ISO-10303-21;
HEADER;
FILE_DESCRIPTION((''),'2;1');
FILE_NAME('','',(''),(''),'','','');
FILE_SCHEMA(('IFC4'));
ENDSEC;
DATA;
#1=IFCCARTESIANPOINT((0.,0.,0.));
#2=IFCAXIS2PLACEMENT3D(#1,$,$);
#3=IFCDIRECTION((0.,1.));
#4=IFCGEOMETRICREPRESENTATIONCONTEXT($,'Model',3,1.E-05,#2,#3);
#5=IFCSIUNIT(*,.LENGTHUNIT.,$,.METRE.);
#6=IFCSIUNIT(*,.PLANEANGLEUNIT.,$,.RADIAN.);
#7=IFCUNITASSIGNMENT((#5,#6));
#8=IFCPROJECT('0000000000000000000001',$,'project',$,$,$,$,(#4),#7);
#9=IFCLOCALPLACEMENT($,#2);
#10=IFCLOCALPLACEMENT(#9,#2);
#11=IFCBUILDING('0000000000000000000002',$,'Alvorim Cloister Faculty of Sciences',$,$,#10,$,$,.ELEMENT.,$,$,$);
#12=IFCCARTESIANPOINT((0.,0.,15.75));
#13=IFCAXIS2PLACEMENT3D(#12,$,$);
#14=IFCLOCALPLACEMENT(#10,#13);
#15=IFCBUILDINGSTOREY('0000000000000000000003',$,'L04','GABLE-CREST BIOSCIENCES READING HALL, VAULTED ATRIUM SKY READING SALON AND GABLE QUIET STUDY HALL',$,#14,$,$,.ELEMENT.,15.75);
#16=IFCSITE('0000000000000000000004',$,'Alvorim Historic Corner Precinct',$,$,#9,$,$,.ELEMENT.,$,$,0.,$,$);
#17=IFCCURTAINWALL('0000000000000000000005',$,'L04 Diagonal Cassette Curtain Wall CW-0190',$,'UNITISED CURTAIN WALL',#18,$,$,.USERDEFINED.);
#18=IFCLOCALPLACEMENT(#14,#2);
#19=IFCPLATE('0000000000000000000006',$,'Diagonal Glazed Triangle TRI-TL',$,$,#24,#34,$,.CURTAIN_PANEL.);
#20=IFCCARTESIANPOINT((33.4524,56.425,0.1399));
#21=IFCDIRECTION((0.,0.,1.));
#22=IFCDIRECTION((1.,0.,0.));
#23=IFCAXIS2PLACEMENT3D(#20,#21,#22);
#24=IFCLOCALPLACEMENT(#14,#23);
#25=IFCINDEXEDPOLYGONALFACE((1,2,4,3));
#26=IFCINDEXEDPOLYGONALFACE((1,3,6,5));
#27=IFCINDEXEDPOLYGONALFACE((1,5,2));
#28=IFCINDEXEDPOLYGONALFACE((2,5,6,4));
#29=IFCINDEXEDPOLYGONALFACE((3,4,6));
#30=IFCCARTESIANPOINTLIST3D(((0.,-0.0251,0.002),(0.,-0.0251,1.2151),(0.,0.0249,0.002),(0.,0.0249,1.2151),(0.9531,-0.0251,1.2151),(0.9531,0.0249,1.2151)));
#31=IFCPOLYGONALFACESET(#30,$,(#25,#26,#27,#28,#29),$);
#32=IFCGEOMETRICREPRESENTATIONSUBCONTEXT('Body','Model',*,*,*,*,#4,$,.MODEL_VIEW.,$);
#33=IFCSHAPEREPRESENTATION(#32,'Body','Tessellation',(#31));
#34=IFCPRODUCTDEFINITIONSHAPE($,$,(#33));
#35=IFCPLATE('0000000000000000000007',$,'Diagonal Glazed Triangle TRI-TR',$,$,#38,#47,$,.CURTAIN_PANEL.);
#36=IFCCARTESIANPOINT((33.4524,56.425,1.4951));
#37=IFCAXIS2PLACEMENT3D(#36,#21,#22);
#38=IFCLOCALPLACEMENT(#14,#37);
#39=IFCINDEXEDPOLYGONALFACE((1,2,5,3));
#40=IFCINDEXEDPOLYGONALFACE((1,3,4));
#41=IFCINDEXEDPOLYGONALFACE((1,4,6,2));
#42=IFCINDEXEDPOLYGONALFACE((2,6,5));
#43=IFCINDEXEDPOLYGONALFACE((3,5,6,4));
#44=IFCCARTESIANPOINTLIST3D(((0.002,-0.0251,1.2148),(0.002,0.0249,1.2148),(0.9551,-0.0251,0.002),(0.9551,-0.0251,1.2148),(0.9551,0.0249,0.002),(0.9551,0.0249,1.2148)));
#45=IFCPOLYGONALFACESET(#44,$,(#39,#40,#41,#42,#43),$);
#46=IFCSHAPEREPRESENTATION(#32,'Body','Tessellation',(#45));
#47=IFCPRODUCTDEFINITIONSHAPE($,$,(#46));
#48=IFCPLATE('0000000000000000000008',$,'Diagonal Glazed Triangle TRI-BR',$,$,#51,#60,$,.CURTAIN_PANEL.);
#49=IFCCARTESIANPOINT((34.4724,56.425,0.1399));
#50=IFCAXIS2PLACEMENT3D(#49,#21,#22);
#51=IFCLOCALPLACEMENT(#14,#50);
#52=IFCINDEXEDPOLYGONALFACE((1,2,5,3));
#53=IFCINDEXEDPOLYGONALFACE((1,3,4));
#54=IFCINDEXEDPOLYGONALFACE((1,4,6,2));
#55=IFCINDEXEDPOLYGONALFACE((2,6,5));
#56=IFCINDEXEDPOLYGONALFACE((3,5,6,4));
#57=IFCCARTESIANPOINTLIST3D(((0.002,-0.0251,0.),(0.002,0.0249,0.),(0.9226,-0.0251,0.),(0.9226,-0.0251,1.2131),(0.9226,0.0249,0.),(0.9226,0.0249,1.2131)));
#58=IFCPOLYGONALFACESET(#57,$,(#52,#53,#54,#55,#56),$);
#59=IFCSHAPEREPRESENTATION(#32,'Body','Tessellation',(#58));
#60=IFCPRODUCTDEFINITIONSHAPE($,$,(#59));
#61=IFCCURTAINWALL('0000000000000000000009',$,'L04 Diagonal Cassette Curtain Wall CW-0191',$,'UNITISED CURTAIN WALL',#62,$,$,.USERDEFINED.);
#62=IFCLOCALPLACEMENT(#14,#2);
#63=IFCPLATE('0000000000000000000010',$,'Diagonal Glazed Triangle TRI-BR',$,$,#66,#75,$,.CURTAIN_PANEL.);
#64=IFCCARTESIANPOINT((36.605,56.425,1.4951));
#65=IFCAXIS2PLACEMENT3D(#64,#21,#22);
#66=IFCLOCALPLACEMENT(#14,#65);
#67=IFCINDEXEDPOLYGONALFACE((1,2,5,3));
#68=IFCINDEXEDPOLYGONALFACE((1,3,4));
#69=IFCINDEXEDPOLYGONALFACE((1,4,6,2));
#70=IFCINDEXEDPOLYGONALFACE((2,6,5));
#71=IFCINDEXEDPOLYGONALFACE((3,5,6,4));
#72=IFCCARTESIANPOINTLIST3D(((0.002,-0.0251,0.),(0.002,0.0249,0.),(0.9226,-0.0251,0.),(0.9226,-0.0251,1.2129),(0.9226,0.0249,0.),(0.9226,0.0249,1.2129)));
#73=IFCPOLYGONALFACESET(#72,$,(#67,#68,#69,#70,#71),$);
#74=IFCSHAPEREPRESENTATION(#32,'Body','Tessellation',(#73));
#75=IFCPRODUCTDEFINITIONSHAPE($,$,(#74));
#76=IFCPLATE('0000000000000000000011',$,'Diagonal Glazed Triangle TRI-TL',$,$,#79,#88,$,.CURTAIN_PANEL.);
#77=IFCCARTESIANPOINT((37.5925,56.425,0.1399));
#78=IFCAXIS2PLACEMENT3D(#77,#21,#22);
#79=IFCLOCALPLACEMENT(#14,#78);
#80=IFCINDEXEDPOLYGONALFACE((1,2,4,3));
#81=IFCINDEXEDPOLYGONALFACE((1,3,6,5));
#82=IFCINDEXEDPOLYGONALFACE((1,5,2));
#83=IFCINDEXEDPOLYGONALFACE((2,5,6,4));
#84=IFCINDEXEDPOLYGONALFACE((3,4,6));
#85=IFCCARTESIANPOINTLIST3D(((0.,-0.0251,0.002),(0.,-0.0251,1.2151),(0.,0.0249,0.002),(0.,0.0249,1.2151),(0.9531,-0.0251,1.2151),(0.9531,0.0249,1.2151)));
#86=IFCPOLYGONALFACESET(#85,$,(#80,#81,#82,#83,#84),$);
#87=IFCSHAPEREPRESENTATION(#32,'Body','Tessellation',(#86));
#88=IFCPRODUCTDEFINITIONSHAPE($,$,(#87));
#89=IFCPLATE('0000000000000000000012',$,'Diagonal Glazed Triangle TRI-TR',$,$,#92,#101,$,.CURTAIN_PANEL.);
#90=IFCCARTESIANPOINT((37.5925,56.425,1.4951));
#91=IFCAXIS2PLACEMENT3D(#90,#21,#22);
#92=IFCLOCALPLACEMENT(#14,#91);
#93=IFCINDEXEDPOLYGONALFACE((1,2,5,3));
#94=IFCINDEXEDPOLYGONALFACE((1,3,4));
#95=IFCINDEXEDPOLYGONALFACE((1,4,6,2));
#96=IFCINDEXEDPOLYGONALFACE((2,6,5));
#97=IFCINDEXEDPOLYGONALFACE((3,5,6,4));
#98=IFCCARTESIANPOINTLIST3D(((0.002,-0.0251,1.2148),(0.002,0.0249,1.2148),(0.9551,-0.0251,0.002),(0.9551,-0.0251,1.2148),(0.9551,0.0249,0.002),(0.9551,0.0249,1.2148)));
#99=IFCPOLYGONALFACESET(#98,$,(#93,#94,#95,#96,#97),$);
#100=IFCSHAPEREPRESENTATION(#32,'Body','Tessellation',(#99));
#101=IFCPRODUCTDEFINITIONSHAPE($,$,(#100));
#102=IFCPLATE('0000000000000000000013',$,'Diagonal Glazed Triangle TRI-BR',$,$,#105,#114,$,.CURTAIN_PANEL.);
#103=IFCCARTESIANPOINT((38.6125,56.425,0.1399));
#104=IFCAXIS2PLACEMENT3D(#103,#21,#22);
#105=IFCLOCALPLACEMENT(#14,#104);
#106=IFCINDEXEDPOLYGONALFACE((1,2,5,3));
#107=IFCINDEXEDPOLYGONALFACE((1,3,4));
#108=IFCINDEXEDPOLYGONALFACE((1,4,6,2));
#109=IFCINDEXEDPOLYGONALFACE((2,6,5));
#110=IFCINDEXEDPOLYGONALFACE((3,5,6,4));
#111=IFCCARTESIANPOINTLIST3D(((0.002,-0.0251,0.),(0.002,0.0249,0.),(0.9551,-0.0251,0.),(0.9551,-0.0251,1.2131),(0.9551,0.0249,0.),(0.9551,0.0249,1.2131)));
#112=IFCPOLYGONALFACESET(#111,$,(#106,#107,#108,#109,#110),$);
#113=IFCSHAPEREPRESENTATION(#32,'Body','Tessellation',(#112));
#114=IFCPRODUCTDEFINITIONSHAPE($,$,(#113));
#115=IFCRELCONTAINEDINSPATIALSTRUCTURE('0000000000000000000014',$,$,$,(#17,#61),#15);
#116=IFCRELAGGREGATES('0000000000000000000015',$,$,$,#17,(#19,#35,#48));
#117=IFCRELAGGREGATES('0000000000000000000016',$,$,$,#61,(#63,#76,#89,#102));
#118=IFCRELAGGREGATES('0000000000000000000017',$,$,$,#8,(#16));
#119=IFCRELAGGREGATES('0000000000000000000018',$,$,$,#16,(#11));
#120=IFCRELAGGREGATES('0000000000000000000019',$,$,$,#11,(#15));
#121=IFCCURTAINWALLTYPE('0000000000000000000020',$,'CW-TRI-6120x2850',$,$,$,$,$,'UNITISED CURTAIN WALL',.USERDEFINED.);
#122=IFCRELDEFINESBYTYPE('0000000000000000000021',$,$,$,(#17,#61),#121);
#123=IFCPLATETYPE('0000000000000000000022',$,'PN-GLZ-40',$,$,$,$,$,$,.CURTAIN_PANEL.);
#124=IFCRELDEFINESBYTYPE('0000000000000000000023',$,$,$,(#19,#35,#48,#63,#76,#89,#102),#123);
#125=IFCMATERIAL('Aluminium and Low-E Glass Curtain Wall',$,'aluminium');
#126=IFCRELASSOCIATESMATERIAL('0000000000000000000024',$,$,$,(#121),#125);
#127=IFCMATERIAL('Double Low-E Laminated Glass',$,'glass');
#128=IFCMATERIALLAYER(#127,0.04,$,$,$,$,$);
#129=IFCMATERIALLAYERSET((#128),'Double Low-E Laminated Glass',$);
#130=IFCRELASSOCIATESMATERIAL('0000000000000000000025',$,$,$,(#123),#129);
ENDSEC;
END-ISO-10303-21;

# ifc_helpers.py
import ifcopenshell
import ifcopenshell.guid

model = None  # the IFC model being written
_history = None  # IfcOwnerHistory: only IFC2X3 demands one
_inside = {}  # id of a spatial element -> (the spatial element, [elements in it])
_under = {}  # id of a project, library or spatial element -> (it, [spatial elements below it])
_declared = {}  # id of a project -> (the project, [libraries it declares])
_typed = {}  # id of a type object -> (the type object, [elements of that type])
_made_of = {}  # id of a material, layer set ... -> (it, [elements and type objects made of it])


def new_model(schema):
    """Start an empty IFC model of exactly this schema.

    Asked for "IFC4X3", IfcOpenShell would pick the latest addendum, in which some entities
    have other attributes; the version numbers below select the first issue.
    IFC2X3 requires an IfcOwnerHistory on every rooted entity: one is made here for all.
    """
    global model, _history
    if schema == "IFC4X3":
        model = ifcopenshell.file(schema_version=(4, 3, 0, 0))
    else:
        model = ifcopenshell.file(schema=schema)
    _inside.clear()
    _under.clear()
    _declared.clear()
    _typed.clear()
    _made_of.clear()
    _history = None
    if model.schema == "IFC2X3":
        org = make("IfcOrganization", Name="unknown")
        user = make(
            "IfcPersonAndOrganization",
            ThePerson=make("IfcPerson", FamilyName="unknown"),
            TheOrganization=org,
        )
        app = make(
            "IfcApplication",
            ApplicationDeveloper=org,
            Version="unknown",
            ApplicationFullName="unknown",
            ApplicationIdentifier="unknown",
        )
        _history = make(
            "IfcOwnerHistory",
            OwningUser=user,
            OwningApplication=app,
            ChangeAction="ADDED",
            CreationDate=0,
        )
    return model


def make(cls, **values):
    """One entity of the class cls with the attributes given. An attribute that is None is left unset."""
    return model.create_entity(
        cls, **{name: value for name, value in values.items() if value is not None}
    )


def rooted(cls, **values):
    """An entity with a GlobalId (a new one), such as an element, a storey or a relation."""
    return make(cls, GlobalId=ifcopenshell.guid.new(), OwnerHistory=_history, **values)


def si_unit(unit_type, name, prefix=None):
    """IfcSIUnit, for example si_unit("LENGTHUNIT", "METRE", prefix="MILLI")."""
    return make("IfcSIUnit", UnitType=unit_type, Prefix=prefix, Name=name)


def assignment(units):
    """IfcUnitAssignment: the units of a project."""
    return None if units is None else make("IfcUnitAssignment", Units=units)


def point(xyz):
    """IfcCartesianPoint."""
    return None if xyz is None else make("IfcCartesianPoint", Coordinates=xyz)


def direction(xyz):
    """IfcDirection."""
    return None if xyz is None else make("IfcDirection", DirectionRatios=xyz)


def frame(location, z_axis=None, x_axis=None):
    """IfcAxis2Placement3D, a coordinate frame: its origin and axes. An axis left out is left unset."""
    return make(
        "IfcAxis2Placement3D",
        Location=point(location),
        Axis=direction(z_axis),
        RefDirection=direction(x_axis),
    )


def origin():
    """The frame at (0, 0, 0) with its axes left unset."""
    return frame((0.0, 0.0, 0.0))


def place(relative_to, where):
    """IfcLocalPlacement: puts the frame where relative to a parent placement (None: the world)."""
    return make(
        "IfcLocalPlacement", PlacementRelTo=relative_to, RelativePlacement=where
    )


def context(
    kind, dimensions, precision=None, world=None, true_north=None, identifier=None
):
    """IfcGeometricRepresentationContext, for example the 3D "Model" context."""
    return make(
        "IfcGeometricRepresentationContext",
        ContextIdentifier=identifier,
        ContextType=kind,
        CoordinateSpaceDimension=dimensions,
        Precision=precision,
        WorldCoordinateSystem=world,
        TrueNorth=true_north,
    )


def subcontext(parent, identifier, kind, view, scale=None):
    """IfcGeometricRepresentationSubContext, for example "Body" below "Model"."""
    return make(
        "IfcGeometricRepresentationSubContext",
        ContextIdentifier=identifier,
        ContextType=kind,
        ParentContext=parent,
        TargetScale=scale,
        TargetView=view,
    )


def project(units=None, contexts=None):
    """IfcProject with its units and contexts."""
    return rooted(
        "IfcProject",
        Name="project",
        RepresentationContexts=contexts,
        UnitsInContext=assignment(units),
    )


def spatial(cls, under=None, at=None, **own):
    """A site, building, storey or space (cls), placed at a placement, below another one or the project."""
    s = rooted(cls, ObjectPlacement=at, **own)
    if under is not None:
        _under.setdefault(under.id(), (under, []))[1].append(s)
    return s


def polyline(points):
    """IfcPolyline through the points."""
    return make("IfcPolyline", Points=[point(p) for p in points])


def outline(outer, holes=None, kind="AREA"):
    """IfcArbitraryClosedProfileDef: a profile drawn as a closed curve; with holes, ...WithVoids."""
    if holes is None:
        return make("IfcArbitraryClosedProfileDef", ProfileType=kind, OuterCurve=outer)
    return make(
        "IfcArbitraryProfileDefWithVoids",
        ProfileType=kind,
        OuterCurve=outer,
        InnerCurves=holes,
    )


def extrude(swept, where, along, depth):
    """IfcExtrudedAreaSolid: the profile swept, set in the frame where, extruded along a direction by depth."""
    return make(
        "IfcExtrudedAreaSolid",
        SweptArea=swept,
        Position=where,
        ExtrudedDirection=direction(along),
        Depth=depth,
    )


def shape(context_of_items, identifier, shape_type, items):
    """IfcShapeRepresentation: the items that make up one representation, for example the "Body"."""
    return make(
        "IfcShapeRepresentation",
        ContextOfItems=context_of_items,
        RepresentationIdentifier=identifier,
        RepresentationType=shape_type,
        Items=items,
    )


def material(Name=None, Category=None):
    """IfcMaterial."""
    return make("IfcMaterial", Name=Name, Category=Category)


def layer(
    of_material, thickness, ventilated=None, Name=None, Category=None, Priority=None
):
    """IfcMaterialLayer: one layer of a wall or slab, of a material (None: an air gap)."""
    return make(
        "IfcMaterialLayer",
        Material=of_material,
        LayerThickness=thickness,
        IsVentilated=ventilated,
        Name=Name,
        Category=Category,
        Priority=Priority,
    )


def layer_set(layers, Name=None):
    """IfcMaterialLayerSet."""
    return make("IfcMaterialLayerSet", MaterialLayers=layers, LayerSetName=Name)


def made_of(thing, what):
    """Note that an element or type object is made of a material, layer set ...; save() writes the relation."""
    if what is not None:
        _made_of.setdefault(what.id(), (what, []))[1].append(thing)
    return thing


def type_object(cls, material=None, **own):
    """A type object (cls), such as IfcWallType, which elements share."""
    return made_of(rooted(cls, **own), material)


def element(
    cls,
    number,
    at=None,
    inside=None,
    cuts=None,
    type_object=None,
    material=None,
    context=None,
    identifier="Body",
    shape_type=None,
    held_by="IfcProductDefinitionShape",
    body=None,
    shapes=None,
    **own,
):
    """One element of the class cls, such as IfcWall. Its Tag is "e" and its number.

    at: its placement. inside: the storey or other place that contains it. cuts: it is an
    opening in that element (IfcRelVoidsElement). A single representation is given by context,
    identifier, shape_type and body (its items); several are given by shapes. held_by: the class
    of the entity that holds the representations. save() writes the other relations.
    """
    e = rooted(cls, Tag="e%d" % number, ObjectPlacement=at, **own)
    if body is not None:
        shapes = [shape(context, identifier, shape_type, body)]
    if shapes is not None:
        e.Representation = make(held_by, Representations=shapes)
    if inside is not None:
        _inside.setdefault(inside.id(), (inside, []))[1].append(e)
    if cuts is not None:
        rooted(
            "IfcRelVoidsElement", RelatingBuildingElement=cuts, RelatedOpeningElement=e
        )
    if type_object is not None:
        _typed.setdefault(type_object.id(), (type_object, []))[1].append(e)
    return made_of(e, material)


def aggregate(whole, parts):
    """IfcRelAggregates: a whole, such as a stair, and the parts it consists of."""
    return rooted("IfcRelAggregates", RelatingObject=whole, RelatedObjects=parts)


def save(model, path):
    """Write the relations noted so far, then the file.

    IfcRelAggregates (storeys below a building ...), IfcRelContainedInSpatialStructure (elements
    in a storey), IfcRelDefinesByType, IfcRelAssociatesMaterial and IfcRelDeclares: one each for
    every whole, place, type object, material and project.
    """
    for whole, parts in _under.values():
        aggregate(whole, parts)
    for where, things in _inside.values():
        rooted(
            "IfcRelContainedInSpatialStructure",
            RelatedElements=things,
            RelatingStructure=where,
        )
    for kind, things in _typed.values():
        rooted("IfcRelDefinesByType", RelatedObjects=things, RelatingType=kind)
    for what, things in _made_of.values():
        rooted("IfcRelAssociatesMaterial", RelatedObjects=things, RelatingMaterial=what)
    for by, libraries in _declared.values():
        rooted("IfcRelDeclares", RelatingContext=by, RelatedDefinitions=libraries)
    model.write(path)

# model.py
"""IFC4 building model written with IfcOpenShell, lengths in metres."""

from ifc_helpers import new_model, si_unit, direction, frame, origin, place, context, subcontext, project, spatial, polyline, outline, extrude, material, layer, layer_set, type_object, element, aggregate, save


model = new_model("IFC4")

# Units and contexts
model_context = context("Model", 3, precision=1e-05, world=origin(), true_north=direction((0.0, 1.0)))
body_context = subcontext(model_context, "Body", "Model", "MODEL_VIEW")
ifc_project = project(units=[si_unit("LENGTHUNIT", "METRE"), si_unit("PLANEANGLEUNIT", "RADIAN")], contexts=[model_context])

# Site, building, storey
site_placement = place(None, origin())
site = spatial("IfcSite", under=ifc_project, at=site_placement, Name="Alvorim Historic Corner Precinct", CompositionType="ELEMENT", RefElevation=0.0)
building_placement = place(site_placement, origin())
building = spatial("IfcBuilding", under=site, at=building_placement, Name="Alvorim Cloister Faculty of Sciences", CompositionType="ELEMENT")
storey_placement = place(building_placement, frame((0.0, 0.0, 15.75)))
storey = spatial("IfcBuildingStorey", under=building, at=storey_placement, Name="L04", Description="GABLE-CREST BIOSCIENCES READING HALL, VAULTED ATRIUM SKY READING SALON AND GABLE QUIET STUDY HALL", CompositionType="ELEMENT", Elevation=15.75)

# Curtain walls, plates
ifc_material_1 = material(Name="Aluminium and Low-E Glass Curtain Wall", Category="aluminium")
curtain_wall_type = type_object("IfcCurtainWallType", Name="CW-TRI-6120x2850", ElementType="UNITISED CURTAIN WALL", PredefinedType="USERDEFINED", material=ifc_material_1)
curtain_wall_1_placement = place(storey_placement, origin())
curtain_wall_1 = element("IfcCurtainWall", 1, at=curtain_wall_1_placement, inside=storey, type_object=curtain_wall_type, Name="L04 Diagonal Cassette Curtain Wall CW-0190", ObjectType="UNITISED CURTAIN WALL", PredefinedType="USERDEFINED")
ifc_material_2 = material(Name="Double Low-E Laminated Glass", Category="glass")
ifc_layer = layer(ifc_material_2, 0.04)
ifc_layer_set = layer_set([ifc_layer], Name="Double Low-E Laminated Glass")
plate_type = type_object("IfcPlateType", Name="PN-GLZ-40", PredefinedType="CURTAIN_PANEL", material=ifc_layer_set)
plate_1_placement = place(storey_placement, frame((33.4524, 56.425, 0.1399), z_axis=(0.0, 0.0, 1.0), x_axis=(1.0, 0.0, 0.0)))
plate_1 = element("IfcPlate", 2, at=plate_1_placement, type_object=plate_type, Name="Diagonal Glazed Triangle TRI-TL", PredefinedType="CURTAIN_PANEL", context=body_context, shape_type="SweptSolid", body=[
    extrude(outline(polyline([(0.9531, 1.2151), (0.0, 1.2151), (0.0, 0.002), (0.9531, 1.2151)])), frame((0.0, 0.0249, 0.0), z_axis=(0.0, -1.0, 0.0), x_axis=(1.0, 0.0, 0.0)), (0.0, 0.0, 1.0), 0.05),
])
plate_2_placement = place(storey_placement, frame((33.4524, 56.425, 1.4951), z_axis=(0.0, 0.0, 1.0), x_axis=(1.0, 0.0, 0.0)))
plate_2 = element("IfcPlate", 3, at=plate_2_placement, type_object=plate_type, Name="Diagonal Glazed Triangle TRI-TR", PredefinedType="CURTAIN_PANEL", context=body_context, shape_type="SweptSolid", body=[
    extrude(outline(polyline([(0.9551, 0.002), (0.9551, 1.2148), (0.002, 1.2148), (0.9551, 0.002)])), frame((0.0, 0.0249, 0.0), z_axis=(0.0, -1.0, 0.0), x_axis=(1.0, 0.0, 0.0)), (0.0, 0.0, 1.0), 0.05),
])
plate_3_placement = place(storey_placement, frame((34.4724, 56.425, 0.1399), z_axis=(0.0, 0.0, 1.0), x_axis=(1.0, 0.0, 0.0)))
plate_3 = element("IfcPlate", 4, at=plate_3_placement, type_object=plate_type, Name="Diagonal Glazed Triangle TRI-BR", PredefinedType="CURTAIN_PANEL", context=body_context, shape_type="SweptSolid", body=[
    extrude(outline(polyline([(0.002, 0.0), (0.9226, 0.0), (0.9226, 1.2131), (0.002, 0.0)])), frame((0.0, 0.0249, 0.0), z_axis=(0.0, -1.0, 0.0), x_axis=(1.0, 0.0, 0.0)), (0.0, 0.0, 1.0), 0.05),
])
aggregate(curtain_wall_1, [plate_1, plate_2, plate_3])
curtain_wall_2_placement = place(storey_placement, origin())
curtain_wall_2 = element("IfcCurtainWall", 5, at=curtain_wall_2_placement, inside=storey, type_object=curtain_wall_type, Name="L04 Diagonal Cassette Curtain Wall CW-0191", ObjectType="UNITISED CURTAIN WALL", PredefinedType="USERDEFINED")
plate_4_placement = place(storey_placement, frame((36.605, 56.425, 1.4951), z_axis=(0.0, 0.0, 1.0), x_axis=(1.0, 0.0, 0.0)))
plate_4 = element("IfcPlate", 6, at=plate_4_placement, type_object=plate_type, Name="Diagonal Glazed Triangle TRI-BR", PredefinedType="CURTAIN_PANEL", context=body_context, shape_type="SweptSolid", body=[
    extrude(outline(polyline([(0.002, 0.0), (0.9226, 0.0), (0.9226, 1.2129), (0.002, 0.0)])), frame((0.0, 0.0249, 0.0), z_axis=(0.0, -1.0, 0.0), x_axis=(1.0, 0.0, 0.0)), (0.0, 0.0, 1.0), 0.05),
])
plate_5_placement = place(storey_placement, frame((37.5925, 56.425, 0.1399), z_axis=(0.0, 0.0, 1.0), x_axis=(1.0, 0.0, 0.0)))
plate_5 = element("IfcPlate", 7, at=plate_5_placement, type_object=plate_type, Name="Diagonal Glazed Triangle TRI-TL", PredefinedType="CURTAIN_PANEL", context=body_context, shape_type="SweptSolid", body=[
    extrude(outline(polyline([(0.9531, 1.2151), (0.0, 1.2151), (0.0, 0.002), (0.9531, 1.2151)])), frame((0.0, 0.0249, 0.0), z_axis=(0.0, -1.0, 0.0), x_axis=(1.0, 0.0, 0.0)), (0.0, 0.0, 1.0), 0.05),
])
plate_6_placement = place(storey_placement, frame((37.5925, 56.425, 1.4951), z_axis=(0.0, 0.0, 1.0), x_axis=(1.0, 0.0, 0.0)))
plate_6 = element("IfcPlate", 8, at=plate_6_placement, type_object=plate_type, Name="Diagonal Glazed Triangle TRI-TR", PredefinedType="CURTAIN_PANEL", context=body_context, shape_type="SweptSolid", body=[
    extrude(outline(polyline([(0.9551, 0.002), (0.9551, 1.2148), (0.002, 1.2148), (0.9551, 0.002)])), frame((0.0, 0.0249, 0.0), z_axis=(0.0, -1.0, 0.0), x_axis=(1.0, 0.0, 0.0)), (0.0, 0.0, 1.0), 0.05),
])
plate_7_placement = place(storey_placement, frame((38.6125, 56.425, 0.1399), z_axis=(0.0, 0.0, 1.0), x_axis=(1.0, 0.0, 0.0)))
plate_7 = element("IfcPlate", 9, at=plate_7_placement, type_object=plate_type, Name="Diagonal Glazed Triangle TRI-BR", PredefinedType="CURTAIN_PANEL", context=body_context, shape_type="SweptSolid", body=[
    extrude(outline(polyline([(0.002, 0.0), (0.9551, 0.0), (0.9551, 1.2131), (0.002, 0.0)])), frame((0.0, 0.0249, 0.0), z_axis=(0.0, -1.0, 0.0), x_axis=(1.0, 0.0, 0.0)), (0.0, 0.0, 1.0), 0.05),
])
aggregate(curtain_wall_2, [plate_4, plate_5, plate_6, plate_7])

save(model, "model.ifc")
